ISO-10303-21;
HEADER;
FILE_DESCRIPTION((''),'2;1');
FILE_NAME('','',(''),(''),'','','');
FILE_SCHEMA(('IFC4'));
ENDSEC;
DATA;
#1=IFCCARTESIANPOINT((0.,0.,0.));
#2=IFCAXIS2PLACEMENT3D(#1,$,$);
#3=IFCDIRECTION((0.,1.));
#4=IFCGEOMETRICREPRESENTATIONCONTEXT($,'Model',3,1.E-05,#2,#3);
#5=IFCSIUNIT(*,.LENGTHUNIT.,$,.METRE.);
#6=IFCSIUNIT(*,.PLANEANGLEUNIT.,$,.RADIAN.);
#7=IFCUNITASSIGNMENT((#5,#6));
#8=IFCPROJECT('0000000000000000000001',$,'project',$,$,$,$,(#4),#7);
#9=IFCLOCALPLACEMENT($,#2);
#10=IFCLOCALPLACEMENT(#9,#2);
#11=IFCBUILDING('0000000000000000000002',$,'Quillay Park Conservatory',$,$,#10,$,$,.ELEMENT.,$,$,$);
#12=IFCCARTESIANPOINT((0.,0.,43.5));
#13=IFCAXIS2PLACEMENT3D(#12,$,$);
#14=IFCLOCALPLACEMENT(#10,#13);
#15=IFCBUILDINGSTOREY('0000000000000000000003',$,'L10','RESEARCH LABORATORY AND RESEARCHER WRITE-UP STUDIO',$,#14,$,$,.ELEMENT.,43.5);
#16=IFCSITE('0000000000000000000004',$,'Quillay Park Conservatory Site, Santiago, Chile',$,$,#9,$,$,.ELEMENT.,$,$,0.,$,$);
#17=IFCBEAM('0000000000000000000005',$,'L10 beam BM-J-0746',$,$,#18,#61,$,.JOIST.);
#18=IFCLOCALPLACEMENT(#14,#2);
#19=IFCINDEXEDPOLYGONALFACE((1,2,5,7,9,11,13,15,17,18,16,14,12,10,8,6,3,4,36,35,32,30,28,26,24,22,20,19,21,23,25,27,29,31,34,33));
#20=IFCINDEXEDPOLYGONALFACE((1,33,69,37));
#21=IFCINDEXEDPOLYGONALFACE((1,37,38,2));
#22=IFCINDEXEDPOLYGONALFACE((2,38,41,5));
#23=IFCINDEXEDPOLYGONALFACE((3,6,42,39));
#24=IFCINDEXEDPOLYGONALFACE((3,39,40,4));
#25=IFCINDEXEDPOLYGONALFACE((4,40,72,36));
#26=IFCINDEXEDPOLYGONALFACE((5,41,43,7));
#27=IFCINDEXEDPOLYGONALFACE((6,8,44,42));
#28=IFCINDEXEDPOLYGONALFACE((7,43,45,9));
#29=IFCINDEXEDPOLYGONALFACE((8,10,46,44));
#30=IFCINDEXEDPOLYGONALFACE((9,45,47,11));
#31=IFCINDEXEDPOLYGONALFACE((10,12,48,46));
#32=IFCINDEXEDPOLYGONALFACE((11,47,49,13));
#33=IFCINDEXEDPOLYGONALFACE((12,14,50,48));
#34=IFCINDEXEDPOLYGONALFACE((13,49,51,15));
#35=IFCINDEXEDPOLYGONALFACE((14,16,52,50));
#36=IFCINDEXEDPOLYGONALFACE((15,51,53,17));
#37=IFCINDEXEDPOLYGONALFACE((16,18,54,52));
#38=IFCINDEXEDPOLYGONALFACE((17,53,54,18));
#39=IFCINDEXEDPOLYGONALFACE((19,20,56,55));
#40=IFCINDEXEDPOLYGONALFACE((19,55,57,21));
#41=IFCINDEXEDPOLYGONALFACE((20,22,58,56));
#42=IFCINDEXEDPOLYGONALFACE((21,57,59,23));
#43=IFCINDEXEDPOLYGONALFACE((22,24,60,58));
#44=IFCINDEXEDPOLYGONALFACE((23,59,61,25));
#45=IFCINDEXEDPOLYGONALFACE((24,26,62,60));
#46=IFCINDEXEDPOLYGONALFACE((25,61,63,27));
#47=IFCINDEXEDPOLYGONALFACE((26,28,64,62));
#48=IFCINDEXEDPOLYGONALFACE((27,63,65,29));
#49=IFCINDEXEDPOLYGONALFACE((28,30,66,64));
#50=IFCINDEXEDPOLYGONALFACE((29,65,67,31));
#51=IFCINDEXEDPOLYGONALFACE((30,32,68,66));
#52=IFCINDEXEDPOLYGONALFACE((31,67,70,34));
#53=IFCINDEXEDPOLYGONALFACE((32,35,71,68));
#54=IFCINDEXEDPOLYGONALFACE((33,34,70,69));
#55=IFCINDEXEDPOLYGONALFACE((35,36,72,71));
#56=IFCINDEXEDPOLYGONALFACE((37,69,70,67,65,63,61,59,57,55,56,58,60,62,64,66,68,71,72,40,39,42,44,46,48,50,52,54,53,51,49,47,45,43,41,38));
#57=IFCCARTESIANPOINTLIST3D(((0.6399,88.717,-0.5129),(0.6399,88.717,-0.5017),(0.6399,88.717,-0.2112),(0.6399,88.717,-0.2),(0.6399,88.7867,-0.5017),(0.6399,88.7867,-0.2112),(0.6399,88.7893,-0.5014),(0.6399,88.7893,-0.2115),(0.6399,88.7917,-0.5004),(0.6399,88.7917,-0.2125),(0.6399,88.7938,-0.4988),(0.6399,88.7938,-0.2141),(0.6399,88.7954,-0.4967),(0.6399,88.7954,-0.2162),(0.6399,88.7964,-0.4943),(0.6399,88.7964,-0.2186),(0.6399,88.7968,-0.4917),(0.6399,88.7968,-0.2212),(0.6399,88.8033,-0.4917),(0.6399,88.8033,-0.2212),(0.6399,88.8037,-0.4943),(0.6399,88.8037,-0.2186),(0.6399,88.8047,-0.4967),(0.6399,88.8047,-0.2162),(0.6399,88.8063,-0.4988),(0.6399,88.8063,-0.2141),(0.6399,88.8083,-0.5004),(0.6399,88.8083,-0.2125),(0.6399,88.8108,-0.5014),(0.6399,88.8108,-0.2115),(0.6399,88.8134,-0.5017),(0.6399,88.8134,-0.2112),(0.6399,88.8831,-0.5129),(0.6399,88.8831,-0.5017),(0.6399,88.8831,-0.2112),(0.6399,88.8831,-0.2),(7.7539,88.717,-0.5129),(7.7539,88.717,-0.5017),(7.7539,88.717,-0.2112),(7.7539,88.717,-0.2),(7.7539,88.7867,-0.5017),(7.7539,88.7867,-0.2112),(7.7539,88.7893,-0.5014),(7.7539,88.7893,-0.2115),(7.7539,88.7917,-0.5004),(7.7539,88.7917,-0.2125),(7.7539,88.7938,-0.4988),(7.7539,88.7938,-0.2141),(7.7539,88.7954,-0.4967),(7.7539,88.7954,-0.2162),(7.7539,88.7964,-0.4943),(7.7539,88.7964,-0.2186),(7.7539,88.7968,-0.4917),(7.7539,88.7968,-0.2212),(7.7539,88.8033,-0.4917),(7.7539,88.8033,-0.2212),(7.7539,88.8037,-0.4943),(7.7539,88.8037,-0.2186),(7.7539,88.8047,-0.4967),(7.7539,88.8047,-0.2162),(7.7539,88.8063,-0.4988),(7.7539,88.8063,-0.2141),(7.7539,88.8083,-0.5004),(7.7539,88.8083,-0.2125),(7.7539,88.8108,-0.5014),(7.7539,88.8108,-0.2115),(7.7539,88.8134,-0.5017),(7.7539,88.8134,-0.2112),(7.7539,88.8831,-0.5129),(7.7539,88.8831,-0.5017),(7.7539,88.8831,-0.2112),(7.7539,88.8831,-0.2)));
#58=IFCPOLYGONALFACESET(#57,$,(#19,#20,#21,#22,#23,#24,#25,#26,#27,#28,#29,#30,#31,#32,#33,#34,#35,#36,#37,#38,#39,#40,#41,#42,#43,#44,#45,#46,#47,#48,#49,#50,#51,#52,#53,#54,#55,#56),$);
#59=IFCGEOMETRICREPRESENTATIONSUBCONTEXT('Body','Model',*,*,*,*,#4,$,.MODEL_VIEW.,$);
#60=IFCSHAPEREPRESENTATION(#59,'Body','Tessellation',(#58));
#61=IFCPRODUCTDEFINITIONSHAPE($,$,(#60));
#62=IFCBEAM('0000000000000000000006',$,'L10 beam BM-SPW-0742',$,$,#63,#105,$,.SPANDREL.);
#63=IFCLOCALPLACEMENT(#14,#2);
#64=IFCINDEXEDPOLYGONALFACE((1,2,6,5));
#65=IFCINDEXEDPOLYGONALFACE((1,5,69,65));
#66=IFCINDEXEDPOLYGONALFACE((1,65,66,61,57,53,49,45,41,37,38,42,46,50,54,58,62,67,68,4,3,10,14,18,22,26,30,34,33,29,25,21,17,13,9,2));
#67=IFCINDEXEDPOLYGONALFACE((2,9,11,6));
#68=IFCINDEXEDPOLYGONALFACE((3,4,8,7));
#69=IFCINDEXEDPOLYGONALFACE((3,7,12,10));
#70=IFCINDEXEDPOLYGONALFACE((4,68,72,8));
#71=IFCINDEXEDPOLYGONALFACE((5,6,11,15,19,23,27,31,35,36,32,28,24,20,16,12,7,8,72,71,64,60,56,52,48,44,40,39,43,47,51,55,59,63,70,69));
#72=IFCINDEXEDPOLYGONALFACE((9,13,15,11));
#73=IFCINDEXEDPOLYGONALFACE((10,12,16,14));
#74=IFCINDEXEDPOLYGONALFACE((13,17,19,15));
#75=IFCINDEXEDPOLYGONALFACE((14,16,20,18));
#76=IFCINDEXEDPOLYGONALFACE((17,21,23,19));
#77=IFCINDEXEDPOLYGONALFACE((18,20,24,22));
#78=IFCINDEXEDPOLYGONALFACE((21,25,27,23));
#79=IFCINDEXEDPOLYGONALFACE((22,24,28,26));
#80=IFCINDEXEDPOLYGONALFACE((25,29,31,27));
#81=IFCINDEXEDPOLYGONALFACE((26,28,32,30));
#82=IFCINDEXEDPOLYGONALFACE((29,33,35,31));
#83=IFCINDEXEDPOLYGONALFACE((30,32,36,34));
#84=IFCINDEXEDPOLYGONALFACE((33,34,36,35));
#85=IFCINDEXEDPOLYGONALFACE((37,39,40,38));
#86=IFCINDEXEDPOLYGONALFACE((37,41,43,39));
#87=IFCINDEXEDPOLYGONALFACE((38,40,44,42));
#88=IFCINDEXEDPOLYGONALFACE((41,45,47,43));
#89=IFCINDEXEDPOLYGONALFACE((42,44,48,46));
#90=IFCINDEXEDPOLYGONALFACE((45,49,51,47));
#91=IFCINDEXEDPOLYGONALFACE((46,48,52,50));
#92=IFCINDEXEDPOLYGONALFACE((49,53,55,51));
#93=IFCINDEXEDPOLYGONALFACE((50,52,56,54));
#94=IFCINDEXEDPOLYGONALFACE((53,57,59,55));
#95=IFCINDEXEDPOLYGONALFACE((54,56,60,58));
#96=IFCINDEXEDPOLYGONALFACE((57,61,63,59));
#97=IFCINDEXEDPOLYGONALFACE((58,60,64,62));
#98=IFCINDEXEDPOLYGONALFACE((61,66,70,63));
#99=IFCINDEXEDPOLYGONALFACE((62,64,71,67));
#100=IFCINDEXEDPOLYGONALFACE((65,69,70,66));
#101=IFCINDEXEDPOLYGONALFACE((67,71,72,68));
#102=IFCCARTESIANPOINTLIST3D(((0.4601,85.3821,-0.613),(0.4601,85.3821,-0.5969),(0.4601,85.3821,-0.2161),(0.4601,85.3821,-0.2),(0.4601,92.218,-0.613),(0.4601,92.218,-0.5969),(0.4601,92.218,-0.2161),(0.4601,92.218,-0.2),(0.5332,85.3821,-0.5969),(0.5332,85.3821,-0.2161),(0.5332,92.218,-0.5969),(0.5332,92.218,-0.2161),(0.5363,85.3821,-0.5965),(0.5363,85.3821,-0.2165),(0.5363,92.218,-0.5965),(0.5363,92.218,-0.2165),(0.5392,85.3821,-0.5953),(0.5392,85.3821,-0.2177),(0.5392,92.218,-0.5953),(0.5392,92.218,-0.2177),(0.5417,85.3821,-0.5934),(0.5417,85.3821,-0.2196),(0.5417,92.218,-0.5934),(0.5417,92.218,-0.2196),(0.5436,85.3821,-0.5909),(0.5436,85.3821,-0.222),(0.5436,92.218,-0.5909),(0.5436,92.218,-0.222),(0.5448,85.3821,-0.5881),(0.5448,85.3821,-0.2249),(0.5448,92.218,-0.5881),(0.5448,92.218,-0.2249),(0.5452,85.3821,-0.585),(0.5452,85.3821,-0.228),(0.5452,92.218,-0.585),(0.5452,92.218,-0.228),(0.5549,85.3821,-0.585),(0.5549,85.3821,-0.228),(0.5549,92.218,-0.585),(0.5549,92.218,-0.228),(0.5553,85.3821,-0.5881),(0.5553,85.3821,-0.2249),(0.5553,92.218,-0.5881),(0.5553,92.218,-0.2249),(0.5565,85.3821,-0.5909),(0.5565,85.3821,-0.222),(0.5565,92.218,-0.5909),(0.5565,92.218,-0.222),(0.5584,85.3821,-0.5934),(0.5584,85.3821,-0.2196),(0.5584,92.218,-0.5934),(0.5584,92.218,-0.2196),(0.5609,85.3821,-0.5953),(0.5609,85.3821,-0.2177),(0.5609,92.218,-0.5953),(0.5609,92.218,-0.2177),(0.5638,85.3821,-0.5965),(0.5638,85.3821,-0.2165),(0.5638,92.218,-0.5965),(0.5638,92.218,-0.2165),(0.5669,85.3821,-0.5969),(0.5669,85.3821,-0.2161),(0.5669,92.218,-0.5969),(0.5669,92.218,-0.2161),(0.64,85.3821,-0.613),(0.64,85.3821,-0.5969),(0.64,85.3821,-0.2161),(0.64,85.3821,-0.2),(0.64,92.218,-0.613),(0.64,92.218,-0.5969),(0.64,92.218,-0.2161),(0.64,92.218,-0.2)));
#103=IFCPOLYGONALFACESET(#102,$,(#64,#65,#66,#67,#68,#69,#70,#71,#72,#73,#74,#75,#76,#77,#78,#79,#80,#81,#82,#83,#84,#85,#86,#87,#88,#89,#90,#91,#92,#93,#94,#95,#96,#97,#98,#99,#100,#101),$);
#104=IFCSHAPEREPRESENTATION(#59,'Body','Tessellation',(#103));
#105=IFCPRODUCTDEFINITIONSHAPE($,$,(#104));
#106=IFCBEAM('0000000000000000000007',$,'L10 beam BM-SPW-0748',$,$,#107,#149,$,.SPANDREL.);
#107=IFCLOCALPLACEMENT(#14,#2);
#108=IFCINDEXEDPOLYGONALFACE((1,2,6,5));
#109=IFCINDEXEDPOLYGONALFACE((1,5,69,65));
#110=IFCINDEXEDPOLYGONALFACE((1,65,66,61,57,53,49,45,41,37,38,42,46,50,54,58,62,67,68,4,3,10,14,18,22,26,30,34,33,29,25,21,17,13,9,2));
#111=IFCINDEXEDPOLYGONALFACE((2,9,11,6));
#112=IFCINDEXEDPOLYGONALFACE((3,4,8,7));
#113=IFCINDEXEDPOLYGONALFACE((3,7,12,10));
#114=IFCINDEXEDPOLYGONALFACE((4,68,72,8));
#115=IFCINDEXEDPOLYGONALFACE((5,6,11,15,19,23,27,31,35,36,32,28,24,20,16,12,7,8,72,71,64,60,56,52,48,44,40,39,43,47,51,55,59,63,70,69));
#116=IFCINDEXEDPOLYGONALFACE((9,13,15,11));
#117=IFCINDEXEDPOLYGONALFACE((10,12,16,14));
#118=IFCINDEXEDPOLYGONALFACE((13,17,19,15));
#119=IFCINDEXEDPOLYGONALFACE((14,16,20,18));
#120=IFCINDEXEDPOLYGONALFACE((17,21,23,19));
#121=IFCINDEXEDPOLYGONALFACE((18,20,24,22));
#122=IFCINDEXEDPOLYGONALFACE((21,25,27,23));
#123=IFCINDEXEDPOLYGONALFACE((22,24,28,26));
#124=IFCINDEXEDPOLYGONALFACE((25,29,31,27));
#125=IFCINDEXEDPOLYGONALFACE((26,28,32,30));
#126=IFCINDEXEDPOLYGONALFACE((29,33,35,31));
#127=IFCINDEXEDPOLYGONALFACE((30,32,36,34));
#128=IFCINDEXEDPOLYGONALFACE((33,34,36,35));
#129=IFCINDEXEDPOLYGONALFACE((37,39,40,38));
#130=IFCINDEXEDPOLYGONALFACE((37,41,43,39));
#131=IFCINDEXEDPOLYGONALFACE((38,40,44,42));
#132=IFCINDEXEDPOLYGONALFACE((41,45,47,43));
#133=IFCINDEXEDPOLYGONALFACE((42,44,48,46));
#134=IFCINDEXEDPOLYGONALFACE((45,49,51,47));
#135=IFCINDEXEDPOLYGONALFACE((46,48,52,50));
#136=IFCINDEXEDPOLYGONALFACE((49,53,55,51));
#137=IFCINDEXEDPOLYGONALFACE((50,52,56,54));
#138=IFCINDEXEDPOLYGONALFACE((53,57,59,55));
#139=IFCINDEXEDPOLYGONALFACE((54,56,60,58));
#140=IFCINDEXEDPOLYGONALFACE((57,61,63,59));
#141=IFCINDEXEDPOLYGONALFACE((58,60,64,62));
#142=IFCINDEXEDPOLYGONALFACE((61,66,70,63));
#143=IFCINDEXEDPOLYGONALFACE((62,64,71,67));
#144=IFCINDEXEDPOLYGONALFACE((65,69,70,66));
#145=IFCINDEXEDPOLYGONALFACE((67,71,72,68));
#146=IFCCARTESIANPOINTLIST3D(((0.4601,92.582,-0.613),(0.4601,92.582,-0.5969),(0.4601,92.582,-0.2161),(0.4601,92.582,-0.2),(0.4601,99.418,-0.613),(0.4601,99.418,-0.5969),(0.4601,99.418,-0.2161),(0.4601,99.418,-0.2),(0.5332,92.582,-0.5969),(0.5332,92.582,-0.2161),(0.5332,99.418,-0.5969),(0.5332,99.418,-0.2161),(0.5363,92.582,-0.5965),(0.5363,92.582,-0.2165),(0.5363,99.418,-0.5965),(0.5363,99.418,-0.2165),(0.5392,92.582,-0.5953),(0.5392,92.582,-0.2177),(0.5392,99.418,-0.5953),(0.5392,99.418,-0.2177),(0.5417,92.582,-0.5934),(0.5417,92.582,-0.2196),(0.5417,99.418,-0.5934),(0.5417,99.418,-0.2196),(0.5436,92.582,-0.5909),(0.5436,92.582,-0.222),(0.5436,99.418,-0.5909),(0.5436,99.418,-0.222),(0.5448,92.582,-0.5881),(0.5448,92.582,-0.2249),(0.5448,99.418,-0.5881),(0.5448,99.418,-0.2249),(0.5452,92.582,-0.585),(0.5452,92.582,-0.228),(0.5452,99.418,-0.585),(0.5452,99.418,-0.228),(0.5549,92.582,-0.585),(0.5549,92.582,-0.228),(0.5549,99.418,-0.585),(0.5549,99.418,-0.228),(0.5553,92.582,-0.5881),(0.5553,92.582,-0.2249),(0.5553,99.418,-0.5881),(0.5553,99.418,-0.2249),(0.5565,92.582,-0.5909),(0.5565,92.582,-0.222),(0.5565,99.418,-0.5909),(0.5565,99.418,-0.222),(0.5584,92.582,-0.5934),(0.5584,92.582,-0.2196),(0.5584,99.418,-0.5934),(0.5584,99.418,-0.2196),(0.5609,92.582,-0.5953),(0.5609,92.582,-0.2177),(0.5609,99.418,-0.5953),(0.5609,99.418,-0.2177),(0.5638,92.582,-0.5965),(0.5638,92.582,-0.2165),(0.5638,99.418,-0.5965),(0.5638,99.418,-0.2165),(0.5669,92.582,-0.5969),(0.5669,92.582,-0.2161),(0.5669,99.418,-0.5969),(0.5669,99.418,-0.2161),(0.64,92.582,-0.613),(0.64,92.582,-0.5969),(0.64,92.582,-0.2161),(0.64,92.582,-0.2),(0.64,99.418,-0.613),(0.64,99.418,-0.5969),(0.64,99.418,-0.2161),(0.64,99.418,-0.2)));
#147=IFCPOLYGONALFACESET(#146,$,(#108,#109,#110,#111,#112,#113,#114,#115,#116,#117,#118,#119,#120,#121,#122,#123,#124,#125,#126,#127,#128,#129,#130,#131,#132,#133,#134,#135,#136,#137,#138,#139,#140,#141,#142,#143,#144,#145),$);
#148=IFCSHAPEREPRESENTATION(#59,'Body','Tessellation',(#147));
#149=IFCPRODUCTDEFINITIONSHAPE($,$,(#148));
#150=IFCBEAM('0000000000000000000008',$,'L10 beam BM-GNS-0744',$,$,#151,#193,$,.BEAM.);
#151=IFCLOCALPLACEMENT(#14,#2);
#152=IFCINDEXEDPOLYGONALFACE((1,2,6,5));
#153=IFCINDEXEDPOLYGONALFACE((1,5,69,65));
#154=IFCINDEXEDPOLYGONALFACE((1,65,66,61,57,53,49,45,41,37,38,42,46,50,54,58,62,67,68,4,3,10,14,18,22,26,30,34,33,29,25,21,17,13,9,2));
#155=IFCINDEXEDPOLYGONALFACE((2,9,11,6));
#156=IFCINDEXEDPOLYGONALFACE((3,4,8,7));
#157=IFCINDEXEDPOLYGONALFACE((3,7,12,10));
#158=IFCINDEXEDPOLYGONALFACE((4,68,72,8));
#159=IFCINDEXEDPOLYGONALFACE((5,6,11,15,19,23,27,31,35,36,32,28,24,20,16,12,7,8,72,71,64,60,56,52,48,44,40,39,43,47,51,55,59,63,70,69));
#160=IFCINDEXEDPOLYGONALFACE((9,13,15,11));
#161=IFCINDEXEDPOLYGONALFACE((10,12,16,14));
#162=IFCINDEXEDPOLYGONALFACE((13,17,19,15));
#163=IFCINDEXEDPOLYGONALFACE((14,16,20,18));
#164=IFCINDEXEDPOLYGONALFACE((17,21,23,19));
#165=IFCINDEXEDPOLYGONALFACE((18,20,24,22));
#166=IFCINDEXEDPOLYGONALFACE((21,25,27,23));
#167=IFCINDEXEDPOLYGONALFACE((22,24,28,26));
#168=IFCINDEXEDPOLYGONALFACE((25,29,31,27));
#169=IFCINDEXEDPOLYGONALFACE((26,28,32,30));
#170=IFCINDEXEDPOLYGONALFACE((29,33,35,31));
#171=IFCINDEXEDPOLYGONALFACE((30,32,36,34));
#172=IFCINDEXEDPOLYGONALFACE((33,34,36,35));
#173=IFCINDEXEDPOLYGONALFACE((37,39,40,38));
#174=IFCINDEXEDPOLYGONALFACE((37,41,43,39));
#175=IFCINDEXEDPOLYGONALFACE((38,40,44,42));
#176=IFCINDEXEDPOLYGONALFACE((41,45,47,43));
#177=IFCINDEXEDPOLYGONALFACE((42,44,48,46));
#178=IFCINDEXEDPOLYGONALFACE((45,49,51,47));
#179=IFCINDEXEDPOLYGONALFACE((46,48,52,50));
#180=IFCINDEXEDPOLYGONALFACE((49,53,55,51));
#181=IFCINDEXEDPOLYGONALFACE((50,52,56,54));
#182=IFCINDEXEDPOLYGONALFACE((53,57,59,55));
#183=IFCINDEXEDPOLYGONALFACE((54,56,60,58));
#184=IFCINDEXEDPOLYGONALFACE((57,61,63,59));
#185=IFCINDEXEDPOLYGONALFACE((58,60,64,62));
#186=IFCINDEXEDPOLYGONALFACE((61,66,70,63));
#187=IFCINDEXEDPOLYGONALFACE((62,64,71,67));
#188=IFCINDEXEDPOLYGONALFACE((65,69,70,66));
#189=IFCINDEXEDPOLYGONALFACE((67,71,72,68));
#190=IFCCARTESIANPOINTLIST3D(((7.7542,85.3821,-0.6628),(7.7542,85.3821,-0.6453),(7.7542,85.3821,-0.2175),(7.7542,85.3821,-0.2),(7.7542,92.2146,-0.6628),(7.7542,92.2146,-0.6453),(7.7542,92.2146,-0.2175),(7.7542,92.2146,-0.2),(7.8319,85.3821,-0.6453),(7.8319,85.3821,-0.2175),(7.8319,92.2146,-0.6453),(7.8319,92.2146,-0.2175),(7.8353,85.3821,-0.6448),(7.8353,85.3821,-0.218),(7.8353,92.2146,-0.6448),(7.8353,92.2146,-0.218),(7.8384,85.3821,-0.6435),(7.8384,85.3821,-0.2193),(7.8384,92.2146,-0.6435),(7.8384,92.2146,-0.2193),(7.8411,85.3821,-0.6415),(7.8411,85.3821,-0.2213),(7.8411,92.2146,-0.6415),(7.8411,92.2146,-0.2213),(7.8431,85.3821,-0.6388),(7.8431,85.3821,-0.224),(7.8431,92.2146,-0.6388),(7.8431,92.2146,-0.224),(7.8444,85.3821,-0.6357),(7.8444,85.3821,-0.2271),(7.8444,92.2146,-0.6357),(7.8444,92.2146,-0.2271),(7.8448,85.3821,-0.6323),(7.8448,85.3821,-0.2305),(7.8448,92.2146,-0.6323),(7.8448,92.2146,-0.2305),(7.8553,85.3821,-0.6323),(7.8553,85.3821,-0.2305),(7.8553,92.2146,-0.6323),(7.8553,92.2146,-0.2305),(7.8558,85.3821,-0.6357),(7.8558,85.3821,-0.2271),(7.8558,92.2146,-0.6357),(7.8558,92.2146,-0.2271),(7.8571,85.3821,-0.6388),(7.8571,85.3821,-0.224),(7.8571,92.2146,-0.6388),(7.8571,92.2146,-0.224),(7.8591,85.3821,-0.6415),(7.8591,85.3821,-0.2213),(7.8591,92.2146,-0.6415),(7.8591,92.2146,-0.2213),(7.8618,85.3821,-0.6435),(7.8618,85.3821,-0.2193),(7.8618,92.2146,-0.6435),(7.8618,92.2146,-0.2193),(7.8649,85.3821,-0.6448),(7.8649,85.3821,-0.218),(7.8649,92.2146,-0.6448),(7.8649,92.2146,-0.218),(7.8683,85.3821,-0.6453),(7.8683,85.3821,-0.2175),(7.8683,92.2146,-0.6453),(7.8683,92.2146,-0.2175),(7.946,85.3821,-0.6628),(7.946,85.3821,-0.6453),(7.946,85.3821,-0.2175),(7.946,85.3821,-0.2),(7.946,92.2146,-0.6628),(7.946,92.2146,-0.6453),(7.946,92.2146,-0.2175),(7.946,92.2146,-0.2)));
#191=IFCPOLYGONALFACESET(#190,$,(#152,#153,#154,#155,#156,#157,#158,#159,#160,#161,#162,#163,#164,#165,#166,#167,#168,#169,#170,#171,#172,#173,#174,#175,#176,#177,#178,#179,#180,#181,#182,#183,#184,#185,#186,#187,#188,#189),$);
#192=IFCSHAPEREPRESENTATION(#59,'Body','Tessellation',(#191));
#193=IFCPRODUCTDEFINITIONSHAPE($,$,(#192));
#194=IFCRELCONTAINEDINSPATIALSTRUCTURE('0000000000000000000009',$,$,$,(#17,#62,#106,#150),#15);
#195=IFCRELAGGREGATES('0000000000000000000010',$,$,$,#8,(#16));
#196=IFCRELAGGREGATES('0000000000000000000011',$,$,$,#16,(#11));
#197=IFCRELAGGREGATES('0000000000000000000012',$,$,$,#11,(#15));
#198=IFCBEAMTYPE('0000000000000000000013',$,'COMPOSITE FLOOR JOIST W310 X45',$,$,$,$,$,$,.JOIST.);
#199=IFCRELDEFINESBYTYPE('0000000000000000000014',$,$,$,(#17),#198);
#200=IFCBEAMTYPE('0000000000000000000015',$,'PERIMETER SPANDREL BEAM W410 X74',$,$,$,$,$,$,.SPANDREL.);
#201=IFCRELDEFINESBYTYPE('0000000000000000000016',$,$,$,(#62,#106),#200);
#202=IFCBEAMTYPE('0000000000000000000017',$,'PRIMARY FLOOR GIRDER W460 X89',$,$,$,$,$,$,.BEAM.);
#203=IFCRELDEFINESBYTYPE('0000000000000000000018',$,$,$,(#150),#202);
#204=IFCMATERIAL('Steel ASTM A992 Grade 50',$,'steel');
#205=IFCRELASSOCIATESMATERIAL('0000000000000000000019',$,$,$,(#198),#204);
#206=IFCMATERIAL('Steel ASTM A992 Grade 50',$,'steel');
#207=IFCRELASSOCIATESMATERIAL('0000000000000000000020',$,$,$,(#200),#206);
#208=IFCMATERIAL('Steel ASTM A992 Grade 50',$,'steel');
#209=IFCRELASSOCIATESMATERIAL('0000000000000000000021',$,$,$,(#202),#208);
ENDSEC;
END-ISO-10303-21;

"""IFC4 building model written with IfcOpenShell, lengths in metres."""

from ifc_helpers import new_model, si_unit, direction, frame, origin, origin_2d, place, context, subcontext, project, spatial, i_section, extrude, material, material_profile, profile_set, type_object, element, save


model = new_model("IFC4")

# Units and contexts
model_context = context("Model", 3, precision=1e-05, world=origin(), true_north=direction((0.0, 1.0)))
body_context = subcontext(model_context, "Body", "Model", "MODEL_VIEW")
ifc_project = project(units=[si_unit("LENGTHUNIT", "METRE"), si_unit("PLANEANGLEUNIT", "RADIAN")], contexts=[model_context])

# Site, building, storey
site_placement = place(None, origin())
site = spatial("IfcSite", under=ifc_project, at=site_placement, Name="Quillay Park Conservatory Site, Santiago, Chile", CompositionType="ELEMENT", RefElevation=0.0)
building_placement = place(site_placement, origin())
building = spatial("IfcBuilding", under=site, at=building_placement, Name="Quillay Park Conservatory", CompositionType="ELEMENT")
storey_placement = place(building_placement, frame((0.0, 0.0, 43.5)))
storey = spatial("IfcBuildingStorey", under=building, at=storey_placement, Name="L10", Description="RESEARCH LABORATORY AND RESEARCHER WRITE-UP STUDIO", CompositionType="ELEMENT", Elevation=43.5)

# Beams
ifc_material_1 = material(Name="Steel ASTM A992 Grade 50", Category="steel")
ifc_material_profile_1 = material_profile(ifc_material_1, i_section(OverallWidth=0.166, OverallDepth=0.313, WebThickness=0.0066, FlangeThickness=0.0112, FilletRadius=0.01, at=origin_2d()), Name="W310x45")
ifc_profile_set_1 = profile_set([ifc_material_profile_1], Name="Steel ASTM A992 Grade 50")
beam_type_1 = type_object("IfcBeamType", Name="COMPOSITE FLOOR JOIST W310 X45", PredefinedType="JOIST", material=ifc_profile_set_1)
beam_1_placement = place(storey_placement, frame((0.6399, 88.8, -0.3564), z_axis=(1.0, 0.0, 0.0), x_axis=(0.0, 1.0, 0.0)))
element("IfcBeam", 1, at=beam_1_placement, inside=storey, type_object=beam_type_1, Name="L10 beam BM-J-0746", PredefinedType="JOIST", context=body_context, shape_type="SweptSolid", body=[
    extrude(i_section(OverallWidth=0.166, OverallDepth=0.313, WebThickness=0.0066, FlangeThickness=0.0112, FilletRadius=0.01, at=origin_2d()), origin(), (0.0, 0.0, 1.0), 7.114),
])
ifc_material_2 = material(Name="Steel ASTM A992 Grade 50", Category="steel")
ifc_material_profile_2 = material_profile(ifc_material_2, i_section(OverallWidth=0.1799, OverallDepth=0.4131, WebThickness=0.0098, FlangeThickness=0.0161, FilletRadius=0.012, at=origin_2d()), Name="W410x74")
ifc_profile_set_2 = profile_set([ifc_material_profile_2], Name="Steel ASTM A992 Grade 50")
beam_type_2 = type_object("IfcBeamType", Name="PERIMETER SPANDREL BEAM W410 X74", PredefinedType="SPANDREL", material=ifc_profile_set_2)
for number, where, z_axis, x_axis, name in (
    (2, (0.55, 85.3821, -0.4065), (0.0, 1.0, 0.0), (-1.0, 0.0, 0.0), "L10 beam BM-SPW-0742"),
    (3, (0.55, 92.582, -0.4065), (0.0, 1.0, 0.0), (-1.0, 0.0, 0.0), "L10 beam BM-SPW-0748"),
):
    element("IfcBeam", number, at=place(storey_placement, frame(where, z_axis=z_axis, x_axis=x_axis)), inside=storey, type_object=beam_type_2, Name=name, PredefinedType="SPANDREL", context=body_context, shape_type="SweptSolid", body=[
        extrude(i_section(OverallWidth=0.1799, OverallDepth=0.4131, WebThickness=0.0098, FlangeThickness=0.0161, FilletRadius=0.012, at=origin_2d()), origin(), (0.0, 0.0, 1.0), 6.8359),
    ])
ifc_material_3 = material(Name="Steel ASTM A992 Grade 50", Category="steel")
ifc_material_profile_3 = material_profile(ifc_material_3, i_section(OverallWidth=0.1919, OverallDepth=0.4629, WebThickness=0.0105, FlangeThickness=0.0176, FilletRadius=0.0129, at=origin_2d()), Name="W460x89")
ifc_profile_set_3 = profile_set([ifc_material_profile_3], Name="Steel ASTM A992 Grade 50")
beam_type_3 = type_object("IfcBeamType", Name="PRIMARY FLOOR GIRDER W460 X89", PredefinedType="BEAM", material=ifc_profile_set_3)
for number, where, z_axis, x_axis, name in (
    (4, (7.8501, 85.3821, -0.4314), (0.0, 1.0, 0.0), (-1.0, 0.0, 0.0), "L10 beam BM-GNS-0744"),
):
    element("IfcBeam", number, at=place(storey_placement, frame(where, z_axis=z_axis, x_axis=x_axis)), inside=storey, type_object=beam_type_3, Name=name, PredefinedType="BEAM", context=body_context, shape_type="SweptSolid", body=[
        extrude(i_section(OverallWidth=0.1919, OverallDepth=0.4629, WebThickness=0.0105, FlangeThickness=0.0176, FilletRadius=0.0129, at=origin_2d()), origin(), (0.0, 0.0, 1.0), 6.8325),
    ])

save(model, "model.ifc")
